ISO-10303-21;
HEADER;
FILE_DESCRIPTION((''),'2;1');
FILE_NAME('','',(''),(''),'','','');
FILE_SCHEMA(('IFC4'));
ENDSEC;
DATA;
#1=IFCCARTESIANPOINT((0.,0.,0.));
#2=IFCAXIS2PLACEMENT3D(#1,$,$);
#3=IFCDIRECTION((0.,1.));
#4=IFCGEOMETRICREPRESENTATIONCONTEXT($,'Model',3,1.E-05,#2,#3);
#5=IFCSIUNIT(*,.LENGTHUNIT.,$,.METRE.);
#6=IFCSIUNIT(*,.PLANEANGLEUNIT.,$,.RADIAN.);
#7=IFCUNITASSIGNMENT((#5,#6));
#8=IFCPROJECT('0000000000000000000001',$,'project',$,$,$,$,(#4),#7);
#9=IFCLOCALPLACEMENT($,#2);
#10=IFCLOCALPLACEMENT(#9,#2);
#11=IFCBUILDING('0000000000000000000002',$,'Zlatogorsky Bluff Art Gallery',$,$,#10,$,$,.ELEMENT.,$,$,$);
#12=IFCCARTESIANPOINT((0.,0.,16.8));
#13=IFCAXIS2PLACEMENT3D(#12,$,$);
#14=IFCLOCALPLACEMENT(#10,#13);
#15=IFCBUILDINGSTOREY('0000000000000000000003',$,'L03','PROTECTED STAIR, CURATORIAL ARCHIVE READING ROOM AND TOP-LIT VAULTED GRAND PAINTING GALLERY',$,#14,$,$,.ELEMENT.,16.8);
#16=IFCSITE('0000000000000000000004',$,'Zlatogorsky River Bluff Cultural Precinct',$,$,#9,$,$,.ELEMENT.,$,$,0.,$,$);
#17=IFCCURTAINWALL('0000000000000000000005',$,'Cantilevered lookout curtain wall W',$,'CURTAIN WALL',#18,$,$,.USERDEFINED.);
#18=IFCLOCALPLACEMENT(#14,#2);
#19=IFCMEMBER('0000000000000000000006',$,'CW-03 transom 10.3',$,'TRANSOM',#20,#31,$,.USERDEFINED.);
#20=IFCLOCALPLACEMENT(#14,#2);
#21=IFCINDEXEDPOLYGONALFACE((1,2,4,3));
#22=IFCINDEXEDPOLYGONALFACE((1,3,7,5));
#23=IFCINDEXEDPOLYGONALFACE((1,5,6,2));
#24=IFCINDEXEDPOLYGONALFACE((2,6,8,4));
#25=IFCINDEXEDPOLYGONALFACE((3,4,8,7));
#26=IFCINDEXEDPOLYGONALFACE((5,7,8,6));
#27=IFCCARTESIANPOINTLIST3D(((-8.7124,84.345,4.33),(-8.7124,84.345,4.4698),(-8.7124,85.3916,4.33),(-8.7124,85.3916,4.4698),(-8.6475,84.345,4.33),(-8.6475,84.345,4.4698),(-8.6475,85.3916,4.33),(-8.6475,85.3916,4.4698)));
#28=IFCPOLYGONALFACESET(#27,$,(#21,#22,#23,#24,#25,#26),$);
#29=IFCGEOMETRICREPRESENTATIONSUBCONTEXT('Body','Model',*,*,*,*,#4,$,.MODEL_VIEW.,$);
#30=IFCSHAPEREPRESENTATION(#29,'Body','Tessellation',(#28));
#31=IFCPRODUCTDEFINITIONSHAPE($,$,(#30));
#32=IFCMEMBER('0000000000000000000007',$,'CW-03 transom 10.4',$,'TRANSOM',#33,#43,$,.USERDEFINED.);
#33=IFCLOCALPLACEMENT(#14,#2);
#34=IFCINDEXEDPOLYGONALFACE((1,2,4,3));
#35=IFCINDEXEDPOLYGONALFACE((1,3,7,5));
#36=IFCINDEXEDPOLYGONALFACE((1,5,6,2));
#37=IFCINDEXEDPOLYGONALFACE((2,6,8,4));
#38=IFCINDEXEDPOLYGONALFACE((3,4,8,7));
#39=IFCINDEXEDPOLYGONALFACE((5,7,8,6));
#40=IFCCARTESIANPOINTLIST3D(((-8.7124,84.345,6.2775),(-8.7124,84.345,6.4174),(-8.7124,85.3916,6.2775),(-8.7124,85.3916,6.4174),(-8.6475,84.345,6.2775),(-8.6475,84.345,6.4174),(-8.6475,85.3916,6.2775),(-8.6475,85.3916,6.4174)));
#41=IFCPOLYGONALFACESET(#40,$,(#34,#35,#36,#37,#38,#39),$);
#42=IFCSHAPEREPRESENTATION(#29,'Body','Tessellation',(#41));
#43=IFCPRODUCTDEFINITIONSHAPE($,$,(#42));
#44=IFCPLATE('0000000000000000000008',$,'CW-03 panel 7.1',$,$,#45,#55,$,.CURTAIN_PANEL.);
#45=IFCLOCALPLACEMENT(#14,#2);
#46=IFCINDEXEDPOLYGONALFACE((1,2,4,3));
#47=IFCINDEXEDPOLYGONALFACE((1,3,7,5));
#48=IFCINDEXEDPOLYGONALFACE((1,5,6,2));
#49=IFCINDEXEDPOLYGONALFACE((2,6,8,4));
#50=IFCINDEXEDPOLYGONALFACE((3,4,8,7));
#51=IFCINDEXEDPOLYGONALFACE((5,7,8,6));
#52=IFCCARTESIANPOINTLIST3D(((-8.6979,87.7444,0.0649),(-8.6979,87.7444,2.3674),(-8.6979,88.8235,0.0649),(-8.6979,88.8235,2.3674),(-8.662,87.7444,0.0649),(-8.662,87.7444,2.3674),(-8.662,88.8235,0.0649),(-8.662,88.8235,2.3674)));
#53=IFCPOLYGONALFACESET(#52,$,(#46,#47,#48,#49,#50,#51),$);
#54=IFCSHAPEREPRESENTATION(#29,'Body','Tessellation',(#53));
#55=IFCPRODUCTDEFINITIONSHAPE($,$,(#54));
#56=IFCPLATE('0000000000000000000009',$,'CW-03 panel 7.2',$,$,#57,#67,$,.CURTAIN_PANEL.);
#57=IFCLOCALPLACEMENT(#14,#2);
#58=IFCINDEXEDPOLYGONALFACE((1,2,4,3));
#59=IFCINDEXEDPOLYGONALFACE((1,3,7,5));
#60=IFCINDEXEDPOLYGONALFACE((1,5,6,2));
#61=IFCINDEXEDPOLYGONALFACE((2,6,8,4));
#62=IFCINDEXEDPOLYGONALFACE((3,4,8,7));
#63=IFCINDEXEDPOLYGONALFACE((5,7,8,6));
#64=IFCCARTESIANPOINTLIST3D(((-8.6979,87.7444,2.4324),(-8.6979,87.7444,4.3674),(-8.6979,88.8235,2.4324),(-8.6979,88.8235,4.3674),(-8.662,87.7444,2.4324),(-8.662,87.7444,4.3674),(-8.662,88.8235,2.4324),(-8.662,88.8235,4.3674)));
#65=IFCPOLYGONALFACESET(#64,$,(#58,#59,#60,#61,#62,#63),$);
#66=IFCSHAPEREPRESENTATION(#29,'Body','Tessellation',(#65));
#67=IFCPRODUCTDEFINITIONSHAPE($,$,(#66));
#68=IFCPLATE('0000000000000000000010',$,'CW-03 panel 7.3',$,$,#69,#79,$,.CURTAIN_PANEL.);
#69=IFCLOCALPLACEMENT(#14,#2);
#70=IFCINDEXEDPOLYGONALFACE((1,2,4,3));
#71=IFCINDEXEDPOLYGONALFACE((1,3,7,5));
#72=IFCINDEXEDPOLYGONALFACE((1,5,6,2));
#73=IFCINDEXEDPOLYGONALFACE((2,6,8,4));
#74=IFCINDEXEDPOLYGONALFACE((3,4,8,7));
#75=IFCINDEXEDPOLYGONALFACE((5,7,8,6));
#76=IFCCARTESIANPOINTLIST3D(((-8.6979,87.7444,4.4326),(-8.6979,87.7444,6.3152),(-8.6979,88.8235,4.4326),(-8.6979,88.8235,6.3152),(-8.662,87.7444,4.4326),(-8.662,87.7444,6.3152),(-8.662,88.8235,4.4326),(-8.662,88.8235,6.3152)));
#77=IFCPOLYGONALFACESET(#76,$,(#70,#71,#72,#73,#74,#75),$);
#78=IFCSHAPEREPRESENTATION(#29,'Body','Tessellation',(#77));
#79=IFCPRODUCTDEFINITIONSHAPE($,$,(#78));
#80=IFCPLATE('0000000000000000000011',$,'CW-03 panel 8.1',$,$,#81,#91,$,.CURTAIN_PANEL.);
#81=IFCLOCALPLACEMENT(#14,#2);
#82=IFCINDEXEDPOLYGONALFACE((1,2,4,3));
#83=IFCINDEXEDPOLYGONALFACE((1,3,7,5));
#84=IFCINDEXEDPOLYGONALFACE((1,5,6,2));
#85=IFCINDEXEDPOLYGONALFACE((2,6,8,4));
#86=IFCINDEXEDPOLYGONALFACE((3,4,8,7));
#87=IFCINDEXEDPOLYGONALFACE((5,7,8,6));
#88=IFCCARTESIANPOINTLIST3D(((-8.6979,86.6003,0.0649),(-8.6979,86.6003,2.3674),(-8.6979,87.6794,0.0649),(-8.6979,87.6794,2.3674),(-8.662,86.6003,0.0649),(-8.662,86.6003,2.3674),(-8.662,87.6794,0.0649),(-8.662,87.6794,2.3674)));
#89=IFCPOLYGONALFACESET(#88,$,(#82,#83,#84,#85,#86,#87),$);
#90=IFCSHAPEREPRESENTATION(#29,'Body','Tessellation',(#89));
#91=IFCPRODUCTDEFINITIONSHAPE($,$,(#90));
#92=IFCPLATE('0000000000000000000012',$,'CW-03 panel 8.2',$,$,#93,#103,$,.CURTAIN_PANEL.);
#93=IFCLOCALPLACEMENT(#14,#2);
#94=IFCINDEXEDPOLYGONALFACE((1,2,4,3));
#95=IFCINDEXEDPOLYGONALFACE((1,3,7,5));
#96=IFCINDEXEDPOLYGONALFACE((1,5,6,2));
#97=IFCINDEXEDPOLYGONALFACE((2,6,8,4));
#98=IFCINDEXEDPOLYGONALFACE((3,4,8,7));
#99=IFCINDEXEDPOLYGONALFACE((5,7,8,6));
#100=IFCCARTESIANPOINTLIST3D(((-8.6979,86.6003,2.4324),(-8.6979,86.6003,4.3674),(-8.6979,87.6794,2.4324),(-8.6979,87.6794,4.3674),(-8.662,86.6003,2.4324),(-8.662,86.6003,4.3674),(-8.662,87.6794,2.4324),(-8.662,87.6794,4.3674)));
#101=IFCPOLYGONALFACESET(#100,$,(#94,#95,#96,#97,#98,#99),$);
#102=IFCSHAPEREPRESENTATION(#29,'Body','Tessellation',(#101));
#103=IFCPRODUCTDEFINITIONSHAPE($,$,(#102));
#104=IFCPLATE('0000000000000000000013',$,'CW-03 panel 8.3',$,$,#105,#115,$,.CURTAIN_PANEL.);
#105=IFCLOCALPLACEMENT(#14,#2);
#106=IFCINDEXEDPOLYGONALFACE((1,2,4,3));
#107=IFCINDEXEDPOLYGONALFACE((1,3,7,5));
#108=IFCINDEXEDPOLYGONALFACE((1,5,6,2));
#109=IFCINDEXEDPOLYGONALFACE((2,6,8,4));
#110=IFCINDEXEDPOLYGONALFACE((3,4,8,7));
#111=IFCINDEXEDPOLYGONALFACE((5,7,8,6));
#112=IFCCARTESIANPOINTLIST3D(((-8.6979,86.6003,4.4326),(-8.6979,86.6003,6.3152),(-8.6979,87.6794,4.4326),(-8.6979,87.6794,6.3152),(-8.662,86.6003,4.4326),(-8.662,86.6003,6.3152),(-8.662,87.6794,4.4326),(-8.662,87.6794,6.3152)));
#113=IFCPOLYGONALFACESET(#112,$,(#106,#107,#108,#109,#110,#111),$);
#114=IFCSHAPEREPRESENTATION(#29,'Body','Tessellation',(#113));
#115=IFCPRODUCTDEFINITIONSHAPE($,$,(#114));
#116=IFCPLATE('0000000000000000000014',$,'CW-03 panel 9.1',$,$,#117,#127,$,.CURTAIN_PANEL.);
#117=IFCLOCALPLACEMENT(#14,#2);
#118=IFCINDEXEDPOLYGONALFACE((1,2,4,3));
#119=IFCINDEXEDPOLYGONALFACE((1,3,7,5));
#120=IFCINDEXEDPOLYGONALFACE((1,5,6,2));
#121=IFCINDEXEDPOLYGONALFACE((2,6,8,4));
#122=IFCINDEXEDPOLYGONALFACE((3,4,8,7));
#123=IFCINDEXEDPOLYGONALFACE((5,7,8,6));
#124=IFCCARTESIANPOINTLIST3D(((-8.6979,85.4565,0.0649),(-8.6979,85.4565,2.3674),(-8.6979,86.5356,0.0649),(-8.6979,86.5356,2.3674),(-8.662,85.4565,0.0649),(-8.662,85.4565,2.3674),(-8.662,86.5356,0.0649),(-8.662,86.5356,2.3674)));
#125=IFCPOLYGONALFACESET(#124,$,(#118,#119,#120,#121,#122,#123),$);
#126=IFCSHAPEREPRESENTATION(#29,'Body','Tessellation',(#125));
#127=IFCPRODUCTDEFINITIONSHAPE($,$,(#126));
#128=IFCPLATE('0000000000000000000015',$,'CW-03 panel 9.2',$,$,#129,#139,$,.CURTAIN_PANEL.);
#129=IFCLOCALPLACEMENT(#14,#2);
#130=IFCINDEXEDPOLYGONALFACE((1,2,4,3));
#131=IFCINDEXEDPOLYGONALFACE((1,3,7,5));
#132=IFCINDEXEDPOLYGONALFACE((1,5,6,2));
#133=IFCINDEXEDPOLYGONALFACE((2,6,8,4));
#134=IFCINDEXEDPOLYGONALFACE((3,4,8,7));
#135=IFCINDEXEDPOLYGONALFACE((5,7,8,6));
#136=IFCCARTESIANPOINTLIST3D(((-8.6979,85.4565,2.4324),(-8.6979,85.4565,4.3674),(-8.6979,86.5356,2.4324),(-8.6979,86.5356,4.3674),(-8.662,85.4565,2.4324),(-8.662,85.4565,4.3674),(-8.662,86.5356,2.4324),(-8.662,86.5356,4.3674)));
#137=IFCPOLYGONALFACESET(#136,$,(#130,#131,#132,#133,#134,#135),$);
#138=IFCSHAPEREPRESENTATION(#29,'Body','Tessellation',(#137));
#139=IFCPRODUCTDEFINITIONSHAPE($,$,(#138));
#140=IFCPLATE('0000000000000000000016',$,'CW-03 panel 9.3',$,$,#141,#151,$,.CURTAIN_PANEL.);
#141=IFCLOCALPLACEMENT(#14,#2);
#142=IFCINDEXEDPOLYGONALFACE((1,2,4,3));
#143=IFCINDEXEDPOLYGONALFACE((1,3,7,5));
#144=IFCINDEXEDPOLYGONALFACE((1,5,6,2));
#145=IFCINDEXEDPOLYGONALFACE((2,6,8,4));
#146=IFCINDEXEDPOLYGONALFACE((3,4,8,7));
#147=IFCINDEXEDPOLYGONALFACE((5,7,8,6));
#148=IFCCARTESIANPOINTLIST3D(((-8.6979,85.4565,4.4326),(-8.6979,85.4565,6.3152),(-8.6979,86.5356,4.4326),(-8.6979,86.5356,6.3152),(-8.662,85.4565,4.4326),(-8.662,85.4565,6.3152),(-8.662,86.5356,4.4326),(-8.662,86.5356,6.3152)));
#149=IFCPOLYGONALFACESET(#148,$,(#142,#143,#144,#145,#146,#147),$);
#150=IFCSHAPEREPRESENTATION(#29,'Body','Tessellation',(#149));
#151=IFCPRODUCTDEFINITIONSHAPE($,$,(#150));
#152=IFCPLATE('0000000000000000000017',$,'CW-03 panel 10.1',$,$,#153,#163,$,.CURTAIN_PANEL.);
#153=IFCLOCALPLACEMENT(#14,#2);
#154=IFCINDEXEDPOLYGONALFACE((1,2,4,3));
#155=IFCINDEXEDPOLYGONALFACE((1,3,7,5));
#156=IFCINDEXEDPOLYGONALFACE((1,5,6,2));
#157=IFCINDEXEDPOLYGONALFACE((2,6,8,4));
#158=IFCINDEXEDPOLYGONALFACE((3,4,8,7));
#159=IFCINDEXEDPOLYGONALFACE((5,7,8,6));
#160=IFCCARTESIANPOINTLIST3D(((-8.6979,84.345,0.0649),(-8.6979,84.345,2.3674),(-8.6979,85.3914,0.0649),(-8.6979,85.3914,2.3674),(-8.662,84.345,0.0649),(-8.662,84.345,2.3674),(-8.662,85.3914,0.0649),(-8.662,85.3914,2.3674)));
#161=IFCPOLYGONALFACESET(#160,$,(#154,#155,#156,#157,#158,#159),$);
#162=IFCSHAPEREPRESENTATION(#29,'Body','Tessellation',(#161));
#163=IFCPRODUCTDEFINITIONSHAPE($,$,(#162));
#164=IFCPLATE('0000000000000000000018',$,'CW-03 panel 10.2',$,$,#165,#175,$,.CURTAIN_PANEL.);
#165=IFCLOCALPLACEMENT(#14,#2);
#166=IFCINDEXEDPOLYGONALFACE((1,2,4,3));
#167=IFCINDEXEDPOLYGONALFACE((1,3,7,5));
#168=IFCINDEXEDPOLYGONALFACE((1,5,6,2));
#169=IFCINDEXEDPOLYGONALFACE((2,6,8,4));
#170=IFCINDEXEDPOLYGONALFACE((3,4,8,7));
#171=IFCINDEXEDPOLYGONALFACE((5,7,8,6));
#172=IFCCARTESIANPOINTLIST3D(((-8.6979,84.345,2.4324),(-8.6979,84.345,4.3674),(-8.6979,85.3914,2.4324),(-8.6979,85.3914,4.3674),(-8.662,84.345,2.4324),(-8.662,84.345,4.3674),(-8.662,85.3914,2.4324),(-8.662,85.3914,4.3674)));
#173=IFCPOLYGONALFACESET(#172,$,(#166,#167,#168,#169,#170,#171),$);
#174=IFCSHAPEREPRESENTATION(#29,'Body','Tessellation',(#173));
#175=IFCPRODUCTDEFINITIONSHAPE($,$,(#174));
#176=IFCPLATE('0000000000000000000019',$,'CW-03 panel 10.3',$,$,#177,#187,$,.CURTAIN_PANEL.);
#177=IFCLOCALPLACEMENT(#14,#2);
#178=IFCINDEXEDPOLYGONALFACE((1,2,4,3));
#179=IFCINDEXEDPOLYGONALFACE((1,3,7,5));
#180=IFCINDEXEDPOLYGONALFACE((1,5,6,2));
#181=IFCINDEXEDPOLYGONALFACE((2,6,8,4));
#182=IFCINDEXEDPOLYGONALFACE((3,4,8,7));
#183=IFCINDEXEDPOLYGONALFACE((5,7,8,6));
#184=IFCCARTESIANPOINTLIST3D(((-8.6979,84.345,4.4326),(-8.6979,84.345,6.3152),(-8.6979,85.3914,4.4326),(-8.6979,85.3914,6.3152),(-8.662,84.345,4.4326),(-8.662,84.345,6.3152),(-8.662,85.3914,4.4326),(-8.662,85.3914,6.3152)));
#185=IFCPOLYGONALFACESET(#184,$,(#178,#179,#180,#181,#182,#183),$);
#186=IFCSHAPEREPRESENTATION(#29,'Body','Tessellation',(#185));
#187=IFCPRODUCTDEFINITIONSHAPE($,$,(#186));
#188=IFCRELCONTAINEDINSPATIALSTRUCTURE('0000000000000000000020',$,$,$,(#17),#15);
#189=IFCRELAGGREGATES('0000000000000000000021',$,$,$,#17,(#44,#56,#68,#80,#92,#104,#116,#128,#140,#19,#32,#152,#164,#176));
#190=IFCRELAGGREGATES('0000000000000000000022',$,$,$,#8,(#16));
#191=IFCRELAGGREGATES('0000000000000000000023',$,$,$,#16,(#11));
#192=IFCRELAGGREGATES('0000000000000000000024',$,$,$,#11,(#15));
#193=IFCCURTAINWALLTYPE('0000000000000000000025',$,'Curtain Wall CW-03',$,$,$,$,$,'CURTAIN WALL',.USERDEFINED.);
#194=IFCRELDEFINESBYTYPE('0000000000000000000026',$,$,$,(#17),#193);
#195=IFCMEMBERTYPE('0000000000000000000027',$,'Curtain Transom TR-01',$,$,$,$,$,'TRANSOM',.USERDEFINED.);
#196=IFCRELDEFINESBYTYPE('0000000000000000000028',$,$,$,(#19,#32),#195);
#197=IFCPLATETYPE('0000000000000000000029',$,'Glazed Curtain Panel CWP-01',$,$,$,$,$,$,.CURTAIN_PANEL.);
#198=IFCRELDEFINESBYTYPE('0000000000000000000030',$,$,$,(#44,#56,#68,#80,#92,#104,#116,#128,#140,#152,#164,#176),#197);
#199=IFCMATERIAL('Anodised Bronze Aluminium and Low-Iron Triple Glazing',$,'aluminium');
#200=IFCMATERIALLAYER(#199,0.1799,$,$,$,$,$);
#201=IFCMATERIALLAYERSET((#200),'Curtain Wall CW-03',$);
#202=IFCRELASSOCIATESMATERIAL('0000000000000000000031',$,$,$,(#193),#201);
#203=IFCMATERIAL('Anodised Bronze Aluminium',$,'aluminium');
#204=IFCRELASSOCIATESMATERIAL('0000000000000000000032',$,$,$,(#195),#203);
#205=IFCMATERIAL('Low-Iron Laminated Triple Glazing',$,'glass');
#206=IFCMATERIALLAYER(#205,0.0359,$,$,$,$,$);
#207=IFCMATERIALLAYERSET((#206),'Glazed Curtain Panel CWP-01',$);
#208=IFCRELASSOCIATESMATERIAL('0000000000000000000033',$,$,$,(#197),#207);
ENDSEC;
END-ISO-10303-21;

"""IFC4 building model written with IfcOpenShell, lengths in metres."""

from ifc_helpers import new_model, si_unit, direction, frame, origin, origin_2d, place, context, subcontext, project, spatial, rectangle, extrude, material, layer, layer_set, material_profile, profile_set, type_object, element, aggregate, save


model = new_model("IFC4")

# Units and contexts
model_context = context("Model", 3, precision=1e-05, world=origin(), true_north=direction((0.0, 1.0)))
body_context = subcontext(model_context, "Body", "Model", "MODEL_VIEW")
ifc_project = project(units=[si_unit("LENGTHUNIT", "METRE"), si_unit("PLANEANGLEUNIT", "RADIAN")], contexts=[model_context])

# Site, building, storey
site_placement = place(None, origin())
site = spatial("IfcSite", under=ifc_project, at=site_placement, Name="Zlatogorsky River Bluff Cultural Precinct", CompositionType="ELEMENT", RefElevation=0.0)
building_placement = place(site_placement, origin())
building = spatial("IfcBuilding", under=site, at=building_placement, Name="Zlatogorsky Bluff Art Gallery", CompositionType="ELEMENT")
storey_placement = place(building_placement, frame((0.0, 0.0, 16.8)))
storey = spatial("IfcBuildingStorey", under=building, at=storey_placement, Name="L03", Description="PROTECTED STAIR, CURATORIAL ARCHIVE READING ROOM AND TOP-LIT VAULTED GRAND PAINTING GALLERY", CompositionType="ELEMENT", Elevation=16.8)

# Curtain wall, members, plates
ifc_material_1 = material(Name="Anodised Bronze Aluminium and Low-Iron Triple Glazing", Category="aluminium")
ifc_layer_1 = layer(ifc_material_1, 0.1799)
ifc_layer_set_1 = layer_set([ifc_layer_1], Name="Curtain Wall CW-03")
curtain_wall_type = type_object("IfcCurtainWallType", Name="Curtain Wall CW-03", ElementType="CURTAIN WALL", PredefinedType="USERDEFINED", material=ifc_layer_set_1)
curtain_wall_placement = place(storey_placement, origin())
curtain_wall = element("IfcCurtainWall", 1, at=curtain_wall_placement, inside=storey, type_object=curtain_wall_type, Name="Cantilevered lookout curtain wall W", ObjectType="CURTAIN WALL", PredefinedType="USERDEFINED")
ifc_material_2 = material(Name="Anodised Bronze Aluminium", Category="aluminium")
ifc_material_profile_1 = material_profile(ifc_material_2, rectangle(XDim=0.0649, YDim=0.1399, at=origin_2d()), Name="ALU TRANSOM 65x140")
ifc_profile_set_1 = profile_set([ifc_material_profile_1], Name="Anodised Bronze Aluminium")
member_type_1 = type_object("IfcMemberType", Name="Curtain Transom TR-01", ElementType="TRANSOM", PredefinedType="USERDEFINED", material=ifc_profile_set_1)
member_1_placement = place(storey_placement, frame((-8.6799, 85.3916, 4.3999), z_axis=(0.0, -1.0, 0.0), x_axis=(1.0, 0.0, 0.0)))
member_1 = element("IfcMember", 2, at=member_1_placement, type_object=member_type_1, Name="CW-03 transom 10.3", ObjectType="TRANSOM", PredefinedType="USERDEFINED", context=body_context, shape_type="SweptSolid", body=[
    extrude(rectangle(XDim=0.0649, YDim=0.1399, at=origin_2d()), origin(), (0.0, 0.0, 1.0), 1.0466),
])
member_2_placement = place(storey_placement, frame((-8.6799, 85.3916, 6.3474), z_axis=(0.0, -1.0, 0.0), x_axis=(1.0, 0.0, 0.0)))
member_2 = element("IfcMember", 3, at=member_2_placement, type_object=member_type_1, Name="CW-03 transom 10.4", ObjectType="TRANSOM", PredefinedType="USERDEFINED", context=body_context, shape_type="SweptSolid", body=[
    extrude(rectangle(XDim=0.0649, YDim=0.1399, at=origin_2d()), origin(), (0.0, 0.0, 1.0), 1.0466),
])
ifc_material_3 = material(Name="Low-Iron Laminated Triple Glazing", Category="glass")
ifc_layer_2 = layer(ifc_material_3, 0.0359)
ifc_layer_set_2 = layer_set([ifc_layer_2], Name="Glazed Curtain Panel CWP-01")
plate_type = type_object("IfcPlateType", Name="Glazed Curtain Panel CWP-01", PredefinedType="CURTAIN_PANEL", material=ifc_layer_set_2)
plate_1_placement = place(storey_placement, frame((-8.6799, 88.2839, 0.0649), z_axis=(0.0, 0.0, 1.0), x_axis=(0.0, -1.0, 0.0)))
plate_1 = element("IfcPlate", 4, at=plate_1_placement, type_object=plate_type, Name="CW-03 panel 7.1", PredefinedType="CURTAIN_PANEL", context=body_context, shape_type="SweptSolid", body=[
    extrude(rectangle(XDim=1.0791, YDim=0.0359, at=origin_2d()), origin(), (0.0, 0.0, 1.0), 2.3025),
])
plate_2_placement = place(storey_placement, frame((-8.6799, 88.2839, 2.4324), z_axis=(0.0, 0.0, 1.0), x_axis=(0.0, -1.0, 0.0)))
plate_2 = element("IfcPlate", 5, at=plate_2_placement, type_object=plate_type, Name="CW-03 panel 7.2", PredefinedType="CURTAIN_PANEL", context=body_context, shape_type="SweptSolid", body=[
    extrude(rectangle(XDim=1.0791, YDim=0.0359, at=origin_2d()), origin(), (0.0, 0.0, 1.0), 1.9351),
])
plate_3_placement = place(storey_placement, frame((-8.6799, 88.2839, 4.4326), z_axis=(0.0, 0.0, 1.0), x_axis=(0.0, -1.0, 0.0)))
plate_3 = element("IfcPlate", 6, at=plate_3_placement, type_object=plate_type, Name="CW-03 panel 7.3", PredefinedType="CURTAIN_PANEL", context=body_context, shape_type="SweptSolid", body=[
    extrude(rectangle(XDim=1.0791, YDim=0.0359, at=origin_2d()), origin(), (0.0, 0.0, 1.0), 1.8826),
])
plate_4_placement = place(storey_placement, frame((-8.6799, 87.1399, 0.0649), z_axis=(0.0, 0.0, 1.0), x_axis=(0.0, -1.0, 0.0)))
plate_4 = element("IfcPlate", 7, at=plate_4_placement, type_object=plate_type, Name="CW-03 panel 8.1", PredefinedType="CURTAIN_PANEL", context=body_context, shape_type="SweptSolid", body=[
    extrude(rectangle(XDim=1.0791, YDim=0.0359, at=origin_2d()), origin(), (0.0, 0.0, 1.0), 2.3025),
])
plate_5_placement = place(storey_placement, frame((-8.6799, 87.1399, 2.4324), z_axis=(0.0, 0.0, 1.0), x_axis=(0.0, -1.0, 0.0)))
plate_5 = element("IfcPlate", 8, at=plate_5_placement, type_object=plate_type, Name="CW-03 panel 8.2", PredefinedType="CURTAIN_PANEL", context=body_context, shape_type="SweptSolid", body=[
    extrude(rectangle(XDim=1.0791, YDim=0.0359, at=origin_2d()), origin(), (0.0, 0.0, 1.0), 1.9351),
])
plate_6_placement = place(storey_placement, frame((-8.6799, 87.1399, 4.4326), z_axis=(0.0, 0.0, 1.0), x_axis=(0.0, -1.0, 0.0)))
plate_6 = element("IfcPlate", 9, at=plate_6_placement, type_object=plate_type, Name="CW-03 panel 8.3", PredefinedType="CURTAIN_PANEL", context=body_context, shape_type="SweptSolid", body=[
    extrude(rectangle(XDim=1.0791, YDim=0.0359, at=origin_2d()), origin(), (0.0, 0.0, 1.0), 1.8826),
])
plate_7_placement = place(storey_placement, frame((-8.6799, 85.9961, 0.0649), z_axis=(0.0, 0.0, 1.0), x_axis=(0.0, -1.0, 0.0)))
plate_7 = element("IfcPlate", 10, at=plate_7_placement, type_object=plate_type, Name="CW-03 panel 9.1", PredefinedType="CURTAIN_PANEL", context=body_context, shape_type="SweptSolid", body=[
    extrude(rectangle(XDim=1.0791, YDim=0.0359, at=origin_2d()), origin(), (0.0, 0.0, 1.0), 2.3025),
])
plate_8_placement = place(storey_placement, frame((-8.6799, 85.9961, 2.4324), z_axis=(0.0, 0.0, 1.0), x_axis=(0.0, -1.0, 0.0)))
plate_8 = element("IfcPlate", 11, at=plate_8_placement, type_object=plate_type, Name="CW-03 panel 9.2", PredefinedType="CURTAIN_PANEL", context=body_context, shape_type="SweptSolid", body=[
    extrude(rectangle(XDim=1.0791, YDim=0.0359, at=origin_2d()), origin(), (0.0, 0.0, 1.0), 1.9351),
])
plate_9_placement = place(storey_placement, frame((-8.6799, 85.9961, 4.4326), z_axis=(0.0, 0.0, 1.0), x_axis=(0.0, -1.0, 0.0)))
plate_9 = element("IfcPlate", 12, at=plate_9_placement, type_object=plate_type, Name="CW-03 panel 9.3", PredefinedType="CURTAIN_PANEL", context=body_context, shape_type="SweptSolid", body=[
    extrude(rectangle(XDim=1.0791, YDim=0.0359, at=origin_2d()), origin(), (0.0, 0.0, 1.0), 1.8826),
])
plate_10_placement = place(storey_placement, frame((-8.6799, 84.8682, 0.0649), z_axis=(0.0, 0.0, 1.0), x_axis=(0.0, -1.0, 0.0)))
plate_10 = element("IfcPlate", 13, at=plate_10_placement, type_object=plate_type, Name="CW-03 panel 10.1", PredefinedType="CURTAIN_PANEL", context=body_context, shape_type="SweptSolid", body=[
    extrude(rectangle(XDim=1.0464, YDim=0.0359, at=origin_2d()), origin(), (0.0, 0.0, 1.0), 2.3025),
])
plate_11_placement = place(storey_placement, frame((-8.6799, 84.8682, 2.4324), z_axis=(0.0, 0.0, 1.0), x_axis=(0.0, -1.0, 0.0)))
plate_11 = element("IfcPlate", 14, at=plate_11_placement, type_object=plate_type, Name="CW-03 panel 10.2", PredefinedType="CURTAIN_PANEL", context=body_context, shape_type="SweptSolid", body=[
    extrude(rectangle(XDim=1.0464, YDim=0.0359, at=origin_2d()), origin(), (0.0, 0.0, 1.0), 1.9351),
])
plate_12_placement = place(storey_placement, frame((-8.6799, 84.8682, 4.4326), z_axis=(0.0, 0.0, 1.0), x_axis=(0.0, -1.0, 0.0)))
plate_12 = element("IfcPlate", 15, at=plate_12_placement, type_object=plate_type, Name="CW-03 panel 10.3", PredefinedType="CURTAIN_PANEL", context=body_context, shape_type="SweptSolid", body=[
    extrude(rectangle(XDim=1.0464, YDim=0.0359, at=origin_2d()), origin(), (0.0, 0.0, 1.0), 1.8826),
])
aggregate(curtain_wall, [plate_1, plate_2, plate_3, plate_4, plate_5, plate_6, plate_7, plate_8, plate_9, member_1, member_2, plate_10, plate_11, plate_12])

save(model, "model.ifc")
